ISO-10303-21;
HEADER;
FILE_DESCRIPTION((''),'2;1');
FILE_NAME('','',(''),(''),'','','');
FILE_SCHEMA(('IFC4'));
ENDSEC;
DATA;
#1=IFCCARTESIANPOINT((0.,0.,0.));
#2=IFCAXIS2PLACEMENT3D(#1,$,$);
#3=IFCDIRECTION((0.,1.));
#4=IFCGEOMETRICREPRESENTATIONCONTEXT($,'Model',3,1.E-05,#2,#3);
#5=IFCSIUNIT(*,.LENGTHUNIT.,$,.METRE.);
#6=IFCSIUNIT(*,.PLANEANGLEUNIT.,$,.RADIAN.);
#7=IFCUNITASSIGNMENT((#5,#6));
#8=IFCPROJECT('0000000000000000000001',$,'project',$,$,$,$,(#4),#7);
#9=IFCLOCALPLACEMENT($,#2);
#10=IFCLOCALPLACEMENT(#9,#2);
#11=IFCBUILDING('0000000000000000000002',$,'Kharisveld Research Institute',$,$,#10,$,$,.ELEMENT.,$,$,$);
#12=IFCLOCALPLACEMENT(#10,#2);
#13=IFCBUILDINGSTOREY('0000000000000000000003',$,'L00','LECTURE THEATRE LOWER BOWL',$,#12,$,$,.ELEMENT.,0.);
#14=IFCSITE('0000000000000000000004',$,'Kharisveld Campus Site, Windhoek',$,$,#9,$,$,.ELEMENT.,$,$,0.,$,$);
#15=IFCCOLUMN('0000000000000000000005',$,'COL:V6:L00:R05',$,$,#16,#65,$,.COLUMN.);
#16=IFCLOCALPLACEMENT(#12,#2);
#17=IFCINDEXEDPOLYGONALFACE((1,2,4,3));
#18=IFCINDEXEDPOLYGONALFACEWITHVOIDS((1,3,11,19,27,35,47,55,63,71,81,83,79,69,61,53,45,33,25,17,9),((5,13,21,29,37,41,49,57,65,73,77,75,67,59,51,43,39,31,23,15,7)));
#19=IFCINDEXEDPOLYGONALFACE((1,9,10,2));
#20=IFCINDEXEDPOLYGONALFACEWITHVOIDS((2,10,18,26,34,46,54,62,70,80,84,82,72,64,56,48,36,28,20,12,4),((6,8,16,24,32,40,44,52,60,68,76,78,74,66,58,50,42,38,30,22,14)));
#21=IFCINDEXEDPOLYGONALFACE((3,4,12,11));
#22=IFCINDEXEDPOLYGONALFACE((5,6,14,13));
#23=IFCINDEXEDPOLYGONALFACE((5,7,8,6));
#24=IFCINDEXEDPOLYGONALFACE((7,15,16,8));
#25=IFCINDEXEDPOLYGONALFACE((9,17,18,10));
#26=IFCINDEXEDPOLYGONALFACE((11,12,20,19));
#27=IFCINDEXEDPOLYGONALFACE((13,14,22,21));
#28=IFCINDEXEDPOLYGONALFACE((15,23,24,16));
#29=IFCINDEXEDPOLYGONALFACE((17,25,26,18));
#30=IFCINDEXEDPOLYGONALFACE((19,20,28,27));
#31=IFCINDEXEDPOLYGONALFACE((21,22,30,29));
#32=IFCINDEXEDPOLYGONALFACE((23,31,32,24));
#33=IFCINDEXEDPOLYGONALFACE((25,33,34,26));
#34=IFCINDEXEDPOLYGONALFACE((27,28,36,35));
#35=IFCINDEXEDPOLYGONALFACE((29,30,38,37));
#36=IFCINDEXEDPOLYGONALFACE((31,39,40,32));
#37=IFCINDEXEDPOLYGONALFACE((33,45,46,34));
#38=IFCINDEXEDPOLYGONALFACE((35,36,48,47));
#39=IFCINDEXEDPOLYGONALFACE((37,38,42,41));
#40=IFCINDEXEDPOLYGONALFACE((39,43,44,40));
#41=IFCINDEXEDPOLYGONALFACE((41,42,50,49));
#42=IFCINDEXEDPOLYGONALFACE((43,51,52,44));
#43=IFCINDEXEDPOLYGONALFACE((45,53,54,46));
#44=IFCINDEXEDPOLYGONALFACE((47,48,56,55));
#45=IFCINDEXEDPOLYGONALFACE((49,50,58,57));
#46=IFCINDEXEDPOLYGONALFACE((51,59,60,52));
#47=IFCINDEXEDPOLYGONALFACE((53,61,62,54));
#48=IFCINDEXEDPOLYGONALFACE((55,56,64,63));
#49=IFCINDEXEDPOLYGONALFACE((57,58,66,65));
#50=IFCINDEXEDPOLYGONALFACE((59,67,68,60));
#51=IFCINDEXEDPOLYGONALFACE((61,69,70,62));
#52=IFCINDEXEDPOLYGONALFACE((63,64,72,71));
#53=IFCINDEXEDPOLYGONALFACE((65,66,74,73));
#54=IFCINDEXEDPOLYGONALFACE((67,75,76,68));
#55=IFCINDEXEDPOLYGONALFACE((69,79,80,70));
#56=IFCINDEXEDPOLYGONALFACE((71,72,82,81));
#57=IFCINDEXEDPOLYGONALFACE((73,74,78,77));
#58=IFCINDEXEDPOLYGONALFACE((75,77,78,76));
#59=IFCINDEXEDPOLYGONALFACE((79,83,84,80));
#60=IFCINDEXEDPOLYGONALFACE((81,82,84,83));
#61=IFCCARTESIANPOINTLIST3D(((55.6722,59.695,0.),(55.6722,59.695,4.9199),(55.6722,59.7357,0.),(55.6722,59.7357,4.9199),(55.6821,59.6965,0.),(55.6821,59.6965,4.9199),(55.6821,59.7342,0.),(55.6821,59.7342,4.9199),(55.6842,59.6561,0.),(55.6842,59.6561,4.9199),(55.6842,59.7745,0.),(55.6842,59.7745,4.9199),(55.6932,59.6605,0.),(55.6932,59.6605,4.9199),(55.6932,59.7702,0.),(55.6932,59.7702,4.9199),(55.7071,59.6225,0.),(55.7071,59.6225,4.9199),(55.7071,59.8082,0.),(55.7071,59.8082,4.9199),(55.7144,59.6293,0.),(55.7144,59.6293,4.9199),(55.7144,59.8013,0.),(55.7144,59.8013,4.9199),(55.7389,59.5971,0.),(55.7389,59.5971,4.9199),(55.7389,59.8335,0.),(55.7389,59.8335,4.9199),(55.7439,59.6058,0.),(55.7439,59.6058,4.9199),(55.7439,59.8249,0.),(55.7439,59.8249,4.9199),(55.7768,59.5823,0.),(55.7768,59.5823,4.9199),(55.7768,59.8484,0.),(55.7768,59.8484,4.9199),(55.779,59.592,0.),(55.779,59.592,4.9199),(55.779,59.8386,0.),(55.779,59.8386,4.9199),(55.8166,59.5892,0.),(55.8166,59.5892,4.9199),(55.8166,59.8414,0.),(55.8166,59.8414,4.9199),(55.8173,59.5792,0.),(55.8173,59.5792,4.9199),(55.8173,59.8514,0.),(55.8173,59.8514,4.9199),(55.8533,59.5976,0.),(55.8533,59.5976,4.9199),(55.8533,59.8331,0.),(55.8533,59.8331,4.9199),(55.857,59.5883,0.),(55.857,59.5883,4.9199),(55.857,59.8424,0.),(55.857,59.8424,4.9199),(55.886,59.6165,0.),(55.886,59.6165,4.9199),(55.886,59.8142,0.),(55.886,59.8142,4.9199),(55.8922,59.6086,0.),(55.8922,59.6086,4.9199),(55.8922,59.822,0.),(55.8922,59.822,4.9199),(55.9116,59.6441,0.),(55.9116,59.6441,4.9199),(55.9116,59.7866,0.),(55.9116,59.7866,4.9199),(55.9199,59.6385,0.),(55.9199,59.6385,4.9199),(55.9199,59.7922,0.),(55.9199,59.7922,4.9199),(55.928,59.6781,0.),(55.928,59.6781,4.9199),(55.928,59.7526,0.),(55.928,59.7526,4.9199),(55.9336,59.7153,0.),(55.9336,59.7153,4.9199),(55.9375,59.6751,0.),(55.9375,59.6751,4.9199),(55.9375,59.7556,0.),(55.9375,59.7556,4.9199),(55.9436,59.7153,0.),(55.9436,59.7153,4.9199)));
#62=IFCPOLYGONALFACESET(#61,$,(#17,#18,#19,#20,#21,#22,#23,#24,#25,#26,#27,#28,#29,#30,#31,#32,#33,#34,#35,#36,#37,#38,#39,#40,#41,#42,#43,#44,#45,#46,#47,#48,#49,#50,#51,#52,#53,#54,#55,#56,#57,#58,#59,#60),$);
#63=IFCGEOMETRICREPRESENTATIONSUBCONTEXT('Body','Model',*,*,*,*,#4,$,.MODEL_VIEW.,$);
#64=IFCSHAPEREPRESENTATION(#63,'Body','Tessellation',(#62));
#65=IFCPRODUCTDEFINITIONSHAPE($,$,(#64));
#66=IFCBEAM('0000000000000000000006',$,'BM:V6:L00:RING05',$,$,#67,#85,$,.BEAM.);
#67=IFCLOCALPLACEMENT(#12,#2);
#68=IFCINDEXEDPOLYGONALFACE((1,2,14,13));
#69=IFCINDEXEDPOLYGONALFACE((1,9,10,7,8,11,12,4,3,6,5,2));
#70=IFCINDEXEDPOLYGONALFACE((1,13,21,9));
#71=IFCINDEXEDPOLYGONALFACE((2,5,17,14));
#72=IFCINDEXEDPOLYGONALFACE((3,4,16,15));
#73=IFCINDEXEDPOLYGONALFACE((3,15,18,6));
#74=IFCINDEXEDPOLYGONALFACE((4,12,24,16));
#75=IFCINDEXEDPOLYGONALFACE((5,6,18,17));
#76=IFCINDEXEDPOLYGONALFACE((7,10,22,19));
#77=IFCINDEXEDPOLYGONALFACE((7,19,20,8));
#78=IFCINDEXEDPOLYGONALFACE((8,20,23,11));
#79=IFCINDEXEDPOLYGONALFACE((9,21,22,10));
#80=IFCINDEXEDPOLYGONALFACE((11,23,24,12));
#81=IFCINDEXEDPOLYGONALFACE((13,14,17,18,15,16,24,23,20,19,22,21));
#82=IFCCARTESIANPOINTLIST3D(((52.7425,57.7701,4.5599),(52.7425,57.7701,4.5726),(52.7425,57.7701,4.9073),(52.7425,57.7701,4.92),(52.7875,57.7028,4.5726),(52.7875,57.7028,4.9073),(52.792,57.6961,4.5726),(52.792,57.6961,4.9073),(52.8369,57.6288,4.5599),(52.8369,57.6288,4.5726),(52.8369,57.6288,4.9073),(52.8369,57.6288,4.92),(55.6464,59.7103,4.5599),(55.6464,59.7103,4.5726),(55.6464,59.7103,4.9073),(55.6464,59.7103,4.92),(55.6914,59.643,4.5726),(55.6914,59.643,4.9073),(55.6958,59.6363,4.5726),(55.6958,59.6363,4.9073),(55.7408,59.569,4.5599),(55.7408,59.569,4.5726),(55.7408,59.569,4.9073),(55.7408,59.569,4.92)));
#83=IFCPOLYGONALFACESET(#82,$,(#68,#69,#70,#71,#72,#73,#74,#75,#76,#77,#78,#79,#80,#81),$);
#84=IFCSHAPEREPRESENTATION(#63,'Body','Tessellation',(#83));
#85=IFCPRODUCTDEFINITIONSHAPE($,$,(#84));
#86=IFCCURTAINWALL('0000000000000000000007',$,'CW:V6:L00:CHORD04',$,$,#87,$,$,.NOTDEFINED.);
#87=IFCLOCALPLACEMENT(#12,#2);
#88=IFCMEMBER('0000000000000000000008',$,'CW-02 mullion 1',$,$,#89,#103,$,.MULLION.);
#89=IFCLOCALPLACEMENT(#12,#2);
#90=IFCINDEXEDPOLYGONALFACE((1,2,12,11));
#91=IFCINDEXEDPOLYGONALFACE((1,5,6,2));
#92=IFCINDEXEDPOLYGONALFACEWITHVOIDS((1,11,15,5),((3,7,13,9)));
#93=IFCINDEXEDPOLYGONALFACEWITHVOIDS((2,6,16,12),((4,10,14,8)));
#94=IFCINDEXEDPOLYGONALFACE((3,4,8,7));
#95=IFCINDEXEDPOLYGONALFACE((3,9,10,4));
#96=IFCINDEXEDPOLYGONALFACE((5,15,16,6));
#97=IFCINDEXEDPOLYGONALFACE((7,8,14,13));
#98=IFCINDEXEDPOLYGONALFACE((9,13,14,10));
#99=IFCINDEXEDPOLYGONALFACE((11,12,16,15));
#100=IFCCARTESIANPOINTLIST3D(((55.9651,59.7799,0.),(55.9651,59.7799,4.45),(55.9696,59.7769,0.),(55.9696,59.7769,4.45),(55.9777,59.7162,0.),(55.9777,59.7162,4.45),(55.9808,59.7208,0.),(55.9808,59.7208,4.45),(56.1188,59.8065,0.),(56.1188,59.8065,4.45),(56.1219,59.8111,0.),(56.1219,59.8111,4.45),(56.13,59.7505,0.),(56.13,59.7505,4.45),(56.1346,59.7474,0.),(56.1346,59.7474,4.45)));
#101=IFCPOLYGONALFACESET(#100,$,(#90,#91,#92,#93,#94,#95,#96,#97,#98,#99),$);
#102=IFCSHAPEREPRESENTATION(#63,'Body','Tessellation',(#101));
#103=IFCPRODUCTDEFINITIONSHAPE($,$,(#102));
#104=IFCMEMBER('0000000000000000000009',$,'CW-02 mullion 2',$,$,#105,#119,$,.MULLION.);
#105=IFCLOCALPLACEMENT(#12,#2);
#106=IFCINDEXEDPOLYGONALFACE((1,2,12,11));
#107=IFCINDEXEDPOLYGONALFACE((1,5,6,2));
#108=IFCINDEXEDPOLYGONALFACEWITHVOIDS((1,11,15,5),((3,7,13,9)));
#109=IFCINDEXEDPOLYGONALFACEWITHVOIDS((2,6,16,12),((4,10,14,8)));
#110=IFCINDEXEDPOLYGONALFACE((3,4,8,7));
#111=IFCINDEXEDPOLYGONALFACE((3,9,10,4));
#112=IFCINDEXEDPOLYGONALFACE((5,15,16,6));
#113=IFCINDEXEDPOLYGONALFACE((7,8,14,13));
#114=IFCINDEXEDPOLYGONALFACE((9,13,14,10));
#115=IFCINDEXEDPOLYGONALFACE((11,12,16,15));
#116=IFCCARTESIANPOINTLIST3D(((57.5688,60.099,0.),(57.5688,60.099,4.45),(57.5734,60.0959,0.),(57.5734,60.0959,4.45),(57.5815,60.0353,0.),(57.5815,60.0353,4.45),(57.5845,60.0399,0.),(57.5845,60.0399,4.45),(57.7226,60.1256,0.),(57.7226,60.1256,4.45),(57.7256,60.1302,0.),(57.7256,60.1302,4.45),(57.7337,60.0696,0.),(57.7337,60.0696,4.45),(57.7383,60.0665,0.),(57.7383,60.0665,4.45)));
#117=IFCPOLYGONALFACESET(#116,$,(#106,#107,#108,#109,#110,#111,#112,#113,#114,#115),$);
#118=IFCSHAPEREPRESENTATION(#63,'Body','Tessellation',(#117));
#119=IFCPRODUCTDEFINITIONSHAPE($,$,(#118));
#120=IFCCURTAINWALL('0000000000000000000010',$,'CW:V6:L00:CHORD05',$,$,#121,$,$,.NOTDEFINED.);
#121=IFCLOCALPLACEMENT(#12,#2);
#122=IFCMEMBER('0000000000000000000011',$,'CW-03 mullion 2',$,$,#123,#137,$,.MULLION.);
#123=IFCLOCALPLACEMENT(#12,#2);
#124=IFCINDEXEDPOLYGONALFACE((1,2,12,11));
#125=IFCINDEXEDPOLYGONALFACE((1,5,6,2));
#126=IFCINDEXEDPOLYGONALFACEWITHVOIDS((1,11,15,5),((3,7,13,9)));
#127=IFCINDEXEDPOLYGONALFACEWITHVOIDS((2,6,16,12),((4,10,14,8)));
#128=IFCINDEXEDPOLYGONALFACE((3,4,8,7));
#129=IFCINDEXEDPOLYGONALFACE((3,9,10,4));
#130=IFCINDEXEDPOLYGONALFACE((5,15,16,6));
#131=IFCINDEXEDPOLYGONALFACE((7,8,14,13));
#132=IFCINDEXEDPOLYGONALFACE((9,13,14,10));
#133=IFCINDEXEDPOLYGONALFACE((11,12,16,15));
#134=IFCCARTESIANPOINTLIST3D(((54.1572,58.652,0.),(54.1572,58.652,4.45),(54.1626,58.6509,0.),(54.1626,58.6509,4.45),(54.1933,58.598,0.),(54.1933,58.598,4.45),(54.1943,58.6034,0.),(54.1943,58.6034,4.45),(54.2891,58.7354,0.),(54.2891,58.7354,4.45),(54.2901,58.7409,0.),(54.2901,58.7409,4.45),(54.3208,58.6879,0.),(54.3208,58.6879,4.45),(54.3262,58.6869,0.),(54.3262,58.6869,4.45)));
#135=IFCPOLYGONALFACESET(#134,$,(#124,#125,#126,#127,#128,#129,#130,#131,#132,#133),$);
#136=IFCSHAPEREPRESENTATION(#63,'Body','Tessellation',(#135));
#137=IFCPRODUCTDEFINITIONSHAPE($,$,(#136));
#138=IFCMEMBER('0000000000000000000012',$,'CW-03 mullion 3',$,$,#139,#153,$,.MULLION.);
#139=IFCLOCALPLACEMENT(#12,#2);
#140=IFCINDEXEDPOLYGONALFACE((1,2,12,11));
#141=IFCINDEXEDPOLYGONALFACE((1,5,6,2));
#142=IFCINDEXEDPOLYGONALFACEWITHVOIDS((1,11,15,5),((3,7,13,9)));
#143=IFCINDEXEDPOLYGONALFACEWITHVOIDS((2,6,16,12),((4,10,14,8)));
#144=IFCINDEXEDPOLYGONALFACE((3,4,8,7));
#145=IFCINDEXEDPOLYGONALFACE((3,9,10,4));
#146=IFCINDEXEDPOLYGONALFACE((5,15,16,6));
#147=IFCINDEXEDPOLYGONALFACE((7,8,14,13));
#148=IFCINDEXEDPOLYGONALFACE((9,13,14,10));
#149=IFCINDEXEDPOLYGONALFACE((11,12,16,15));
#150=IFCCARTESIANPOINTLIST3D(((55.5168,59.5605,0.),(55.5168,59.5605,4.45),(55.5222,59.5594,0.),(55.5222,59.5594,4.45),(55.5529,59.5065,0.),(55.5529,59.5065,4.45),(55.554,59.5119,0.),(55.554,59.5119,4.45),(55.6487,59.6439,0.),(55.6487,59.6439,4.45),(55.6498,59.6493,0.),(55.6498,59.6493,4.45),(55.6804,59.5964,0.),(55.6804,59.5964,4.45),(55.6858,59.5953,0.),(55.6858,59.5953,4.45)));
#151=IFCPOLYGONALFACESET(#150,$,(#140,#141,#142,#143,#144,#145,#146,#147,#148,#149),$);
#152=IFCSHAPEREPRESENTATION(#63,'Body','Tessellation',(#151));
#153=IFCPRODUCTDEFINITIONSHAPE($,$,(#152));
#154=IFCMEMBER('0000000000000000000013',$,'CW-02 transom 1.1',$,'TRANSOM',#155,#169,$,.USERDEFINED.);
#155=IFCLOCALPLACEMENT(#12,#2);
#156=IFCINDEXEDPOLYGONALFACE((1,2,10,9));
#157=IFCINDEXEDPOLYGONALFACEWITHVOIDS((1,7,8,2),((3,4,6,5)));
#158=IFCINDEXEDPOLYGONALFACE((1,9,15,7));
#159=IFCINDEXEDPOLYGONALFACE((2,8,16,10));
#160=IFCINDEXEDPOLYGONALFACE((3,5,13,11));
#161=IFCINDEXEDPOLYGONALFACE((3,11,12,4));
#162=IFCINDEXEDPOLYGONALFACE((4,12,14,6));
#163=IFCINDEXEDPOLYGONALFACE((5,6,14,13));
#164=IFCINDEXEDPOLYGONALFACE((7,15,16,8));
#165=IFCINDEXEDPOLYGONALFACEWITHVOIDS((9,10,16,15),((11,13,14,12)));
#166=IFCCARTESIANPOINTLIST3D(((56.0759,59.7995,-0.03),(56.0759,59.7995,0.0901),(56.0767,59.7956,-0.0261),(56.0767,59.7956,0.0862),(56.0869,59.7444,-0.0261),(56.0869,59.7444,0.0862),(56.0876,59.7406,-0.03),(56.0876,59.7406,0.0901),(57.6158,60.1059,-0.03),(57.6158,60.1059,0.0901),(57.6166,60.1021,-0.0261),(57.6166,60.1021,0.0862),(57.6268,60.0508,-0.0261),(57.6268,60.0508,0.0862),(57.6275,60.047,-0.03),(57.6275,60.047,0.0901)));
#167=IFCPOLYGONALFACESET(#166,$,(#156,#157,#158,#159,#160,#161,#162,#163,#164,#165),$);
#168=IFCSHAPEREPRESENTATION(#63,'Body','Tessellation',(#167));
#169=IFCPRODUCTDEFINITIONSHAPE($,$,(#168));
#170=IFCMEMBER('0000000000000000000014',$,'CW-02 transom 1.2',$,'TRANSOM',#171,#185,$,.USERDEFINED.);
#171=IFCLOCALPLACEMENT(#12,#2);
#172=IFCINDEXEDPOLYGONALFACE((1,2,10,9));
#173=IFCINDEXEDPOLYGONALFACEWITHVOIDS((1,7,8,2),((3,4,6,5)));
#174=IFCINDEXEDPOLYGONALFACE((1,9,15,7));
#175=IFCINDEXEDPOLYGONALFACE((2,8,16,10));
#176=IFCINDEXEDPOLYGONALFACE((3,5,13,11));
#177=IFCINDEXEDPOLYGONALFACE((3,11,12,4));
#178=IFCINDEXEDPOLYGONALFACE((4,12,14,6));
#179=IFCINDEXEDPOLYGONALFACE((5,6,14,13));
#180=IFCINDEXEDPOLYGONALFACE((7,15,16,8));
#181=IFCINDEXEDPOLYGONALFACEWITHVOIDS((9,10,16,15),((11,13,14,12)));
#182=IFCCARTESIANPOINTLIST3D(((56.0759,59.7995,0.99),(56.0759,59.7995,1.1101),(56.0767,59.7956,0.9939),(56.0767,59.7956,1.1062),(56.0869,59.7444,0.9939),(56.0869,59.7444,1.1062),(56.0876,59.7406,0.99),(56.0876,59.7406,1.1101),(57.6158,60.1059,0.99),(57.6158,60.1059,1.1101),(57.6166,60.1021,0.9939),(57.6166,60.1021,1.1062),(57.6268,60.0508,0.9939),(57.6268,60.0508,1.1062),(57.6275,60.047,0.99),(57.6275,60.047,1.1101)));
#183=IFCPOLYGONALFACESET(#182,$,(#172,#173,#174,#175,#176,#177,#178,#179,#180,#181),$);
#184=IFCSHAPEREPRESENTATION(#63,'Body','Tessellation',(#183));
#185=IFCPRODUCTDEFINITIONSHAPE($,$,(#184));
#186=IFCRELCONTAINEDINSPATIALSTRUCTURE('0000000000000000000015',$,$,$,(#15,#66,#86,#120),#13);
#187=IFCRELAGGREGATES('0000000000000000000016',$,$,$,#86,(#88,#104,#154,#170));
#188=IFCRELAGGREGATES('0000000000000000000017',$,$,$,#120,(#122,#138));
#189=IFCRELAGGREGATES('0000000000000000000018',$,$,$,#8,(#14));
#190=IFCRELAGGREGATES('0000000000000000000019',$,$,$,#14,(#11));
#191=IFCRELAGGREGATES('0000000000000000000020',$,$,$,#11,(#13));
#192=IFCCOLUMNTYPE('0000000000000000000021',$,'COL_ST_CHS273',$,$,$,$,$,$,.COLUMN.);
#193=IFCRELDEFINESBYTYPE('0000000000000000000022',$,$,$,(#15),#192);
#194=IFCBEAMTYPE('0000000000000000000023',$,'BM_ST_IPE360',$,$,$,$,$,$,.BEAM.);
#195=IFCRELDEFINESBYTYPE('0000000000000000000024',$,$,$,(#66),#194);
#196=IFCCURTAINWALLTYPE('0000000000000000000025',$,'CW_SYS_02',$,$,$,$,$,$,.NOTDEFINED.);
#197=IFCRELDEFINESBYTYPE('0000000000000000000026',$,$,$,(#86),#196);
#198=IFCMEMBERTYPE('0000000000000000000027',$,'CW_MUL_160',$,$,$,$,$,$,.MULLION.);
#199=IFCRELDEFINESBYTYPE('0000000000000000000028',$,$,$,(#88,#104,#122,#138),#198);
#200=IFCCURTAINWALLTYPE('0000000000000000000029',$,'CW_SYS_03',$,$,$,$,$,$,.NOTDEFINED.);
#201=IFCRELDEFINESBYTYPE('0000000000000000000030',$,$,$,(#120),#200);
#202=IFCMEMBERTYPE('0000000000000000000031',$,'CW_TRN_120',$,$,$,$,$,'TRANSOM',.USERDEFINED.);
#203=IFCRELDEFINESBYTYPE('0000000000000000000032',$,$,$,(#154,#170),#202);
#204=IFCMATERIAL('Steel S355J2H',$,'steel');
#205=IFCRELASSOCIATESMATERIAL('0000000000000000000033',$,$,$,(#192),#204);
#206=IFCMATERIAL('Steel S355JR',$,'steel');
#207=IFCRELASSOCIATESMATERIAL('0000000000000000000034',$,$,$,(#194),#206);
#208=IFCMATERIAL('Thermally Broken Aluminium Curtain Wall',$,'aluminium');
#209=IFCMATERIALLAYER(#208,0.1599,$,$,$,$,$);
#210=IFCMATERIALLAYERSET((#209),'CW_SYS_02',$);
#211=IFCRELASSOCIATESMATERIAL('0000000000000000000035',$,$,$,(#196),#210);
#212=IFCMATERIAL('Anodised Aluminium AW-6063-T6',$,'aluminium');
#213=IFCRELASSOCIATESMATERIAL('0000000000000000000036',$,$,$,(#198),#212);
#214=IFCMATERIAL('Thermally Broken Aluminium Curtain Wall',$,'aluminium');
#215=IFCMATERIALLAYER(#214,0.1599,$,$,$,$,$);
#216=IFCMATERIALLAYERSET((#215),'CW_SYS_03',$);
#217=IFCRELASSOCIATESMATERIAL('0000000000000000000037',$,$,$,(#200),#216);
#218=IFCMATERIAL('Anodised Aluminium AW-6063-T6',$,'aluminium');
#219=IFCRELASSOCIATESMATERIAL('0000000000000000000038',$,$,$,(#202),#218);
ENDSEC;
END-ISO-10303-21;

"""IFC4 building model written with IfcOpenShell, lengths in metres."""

from ifc_helpers import new_model, si_unit, direction, frame, origin, origin_2d, place, context, subcontext, project, spatial, hollow_rectangle, hollow_circle, i_section, extrude, material, layer, layer_set, material_profile, profile_set, type_object, element, aggregate, save


model = new_model("IFC4")

# Units and contexts
model_context = context("Model", 3, precision=1e-05, world=origin(), true_north=direction((0.0, 1.0)))
body_context = subcontext(model_context, "Body", "Model", "MODEL_VIEW")
ifc_project = project(units=[si_unit("LENGTHUNIT", "METRE"), si_unit("PLANEANGLEUNIT", "RADIAN")], contexts=[model_context])

# Site, building, storey
site_placement = place(None, origin())
site = spatial("IfcSite", under=ifc_project, at=site_placement, Name="Kharisveld Campus Site, Windhoek", CompositionType="ELEMENT", RefElevation=0.0)
building_placement = place(site_placement, origin())
building = spatial("IfcBuilding", under=site, at=building_placement, Name="Kharisveld Research Institute", CompositionType="ELEMENT")
storey_placement = place(building_placement, origin())
storey = spatial("IfcBuildingStorey", under=building, at=storey_placement, Name="L00", Description="LECTURE THEATRE LOWER BOWL", CompositionType="ELEMENT", Elevation=0.0)

# Column
ifc_material_1 = material(Name="Steel S355J2H", Category="steel")
ifc_material_profile_1 = material_profile(ifc_material_1, hollow_circle(Radius=0.1365, WallThickness=0.01, at=origin_2d()))
ifc_profile_set_1 = profile_set([ifc_material_profile_1], Name="Steel S355J2H")
column_type = type_object("IfcColumnType", Name="COL_ST_CHS273", PredefinedType="COLUMN", material=ifc_profile_set_1)
column_placement = place(storey_placement, frame((55.8071, 59.7153, 0.0), z_axis=(0.0, 0.0, 1.0), x_axis=(1.0, 0.0, 0.0)))
element("IfcColumn", 1, at=column_placement, inside=storey, type_object=column_type, Name="COL:V6:L00:R05", PredefinedType="COLUMN", context=body_context, shape_type="SweptSolid", body=[
    extrude(hollow_circle(Radius=0.1365, WallThickness=0.01, at=origin_2d()), origin(), (0.0, 0.0, 1.0), 4.9199),
])

# Beam
ifc_material_2 = material(Name="Steel S355JR", Category="steel")
ifc_material_profile_2 = material_profile(ifc_material_2, i_section(OverallWidth=0.1699, OverallDepth=0.3601, WebThickness=0.0081, FlangeThickness=0.0127, at=origin_2d()))
ifc_profile_set_2 = profile_set([ifc_material_profile_2], Name="Steel S355JR")
beam_type = type_object("IfcBeamType", Name="BM_ST_IPE360", PredefinedType="BEAM", material=ifc_profile_set_2)
beam_placement = place(storey_placement, frame((55.6936, 59.6396, 4.74), z_axis=(-0.83148, -0.555555, 0.0), x_axis=(0.555555, -0.83148, 0.0)))
element("IfcBeam", 2, at=beam_placement, inside=storey, type_object=beam_type, Name="BM:V6:L00:RING05", PredefinedType="BEAM", context=body_context, shape_type="SweptSolid", body=[
    extrude(i_section(OverallWidth=0.1699, OverallDepth=0.3601, WebThickness=0.0081, FlangeThickness=0.0127, at=origin_2d()), origin(), (0.0, 0.0, 1.0), 3.4924),
])

# Curtain walls, members
ifc_material_3 = material(Name="Thermally Broken Aluminium Curtain Wall", Category="aluminium")
ifc_layer_1 = layer(ifc_material_3, 0.1599)
ifc_layer_set_1 = layer_set([ifc_layer_1], Name="CW_SYS_02")
curtain_wall_type_1 = type_object("IfcCurtainWallType", Name="CW_SYS_02", PredefinedType="NOTDEFINED", material=ifc_layer_set_1)
curtain_wall_1_placement = place(storey_placement, origin())
curtain_wall_1 = element("IfcCurtainWall", 3, at=curtain_wall_1_placement, inside=storey, type_object=curtain_wall_type_1, Name="CW:V6:L00:CHORD04", PredefinedType="NOTDEFINED")
ifc_material_4 = material(Name="Anodised Aluminium AW-6063-T6", Category="aluminium")
ifc_material_profile_3 = material_profile(ifc_material_4, hollow_rectangle(XDim=0.0649, YDim=0.1599, WallThickness=0.0039, at=origin_2d()))
ifc_profile_set_3 = profile_set([ifc_material_profile_3], Name="Anodised Aluminium AW-6063-T6")
member_type_1 = type_object("IfcMemberType", Name="CW_MUL_160", PredefinedType="MULLION", material=ifc_profile_set_3)
member_1_placement = place(storey_placement, frame((56.0498, 59.7637, 0.0), z_axis=(0.0, 0.0, 1.0), x_axis=(-0.195091, 0.980785, 0.0)))
member_1 = element("IfcMember", 4, at=member_1_placement, type_object=member_type_1, Name="CW-02 mullion 1", PredefinedType="MULLION", context=body_context, shape_type="SweptSolid", body=[
    extrude(hollow_rectangle(XDim=0.0649, YDim=0.1599, WallThickness=0.0039, at=origin_2d()), origin(), (0.0, 0.0, 1.0), 4.45),
])
member_2_placement = place(storey_placement, frame((57.6536, 60.0828, 0.0), z_axis=(0.0, 0.0, 1.0), x_axis=(-0.195091, 0.980785, 0.0)))
member_2 = element("IfcMember", 5, at=member_2_placement, type_object=member_type_1, Name="CW-02 mullion 2", PredefinedType="MULLION", context=body_context, shape_type="SweptSolid", body=[
    extrude(hollow_rectangle(XDim=0.0649, YDim=0.1599, WallThickness=0.0039, at=origin_2d()), origin(), (0.0, 0.0, 1.0), 4.45),
])
ifc_material_5 = material(Name="Thermally Broken Aluminium Curtain Wall", Category="aluminium")
ifc_layer_2 = layer(ifc_material_5, 0.1599)
ifc_layer_set_2 = layer_set([ifc_layer_2], Name="CW_SYS_03")
curtain_wall_type_2 = type_object("IfcCurtainWallType", Name="CW_SYS_03", PredefinedType="NOTDEFINED", material=ifc_layer_set_2)
curtain_wall_2_placement = place(storey_placement, origin())
curtain_wall_2 = element("IfcCurtainWall", 6, at=curtain_wall_2_placement, inside=storey, type_object=curtain_wall_type_2, Name="CW:V6:L00:CHORD05", PredefinedType="NOTDEFINED")
member_3_placement = place(storey_placement, frame((54.2417, 58.6694, 0.0), z_axis=(0.0, 0.0, 1.0), x_axis=(-0.55557, 0.83147, 0.0)))
member_3 = element("IfcMember", 7, at=member_3_placement, type_object=member_type_1, Name="CW-03 mullion 2", PredefinedType="MULLION", context=body_context, shape_type="SweptSolid", body=[
    extrude(hollow_rectangle(XDim=0.0649, YDim=0.1599, WallThickness=0.0039, at=origin_2d()), origin(), (0.0, 0.0, 1.0), 4.45),
])
member_4_placement = place(storey_placement, frame((55.6013, 59.5779, 0.0), z_axis=(0.0, 0.0, 1.0), x_axis=(-0.55557, 0.83147, 0.0)))
member_4 = element("IfcMember", 8, at=member_4_placement, type_object=member_type_1, Name="CW-03 mullion 3", PredefinedType="MULLION", context=body_context, shape_type="SweptSolid", body=[
    extrude(hollow_rectangle(XDim=0.0649, YDim=0.1599, WallThickness=0.0039, at=origin_2d()), origin(), (0.0, 0.0, 1.0), 4.45),
])

# Members
ifc_material_6 = material(Name="Anodised Aluminium AW-6063-T6", Category="aluminium")
ifc_material_profile_4 = material_profile(ifc_material_6, hollow_rectangle(XDim=0.0601, YDim=0.1201, WallThickness=0.0039, at=origin_2d()))
ifc_profile_set_4 = profile_set([ifc_material_profile_4], Name="Anodised Aluminium AW-6063-T6")
member_type_2 = type_object("IfcMemberType", Name="CW_TRN_120", ElementType="TRANSOM", PredefinedType="USERDEFINED", material=ifc_profile_set_4)
member_5_placement = place(storey_placement, frame((56.0818, 59.77, 0.03), z_axis=(0.980772, 0.195159, 0.0), x_axis=(-0.195159, 0.980772, 0.0)))
member_5 = element("IfcMember", 9, at=member_5_placement, type_object=member_type_2, Name="CW-02 transom 1.1", ObjectType="TRANSOM", PredefinedType="USERDEFINED", context=body_context, shape_type="SweptSolid", body=[
    extrude(hollow_rectangle(XDim=0.0601, YDim=0.1201, WallThickness=0.0039, at=origin_2d()), origin(), (0.0, 0.0, 1.0), 1.5701),
])
member_6_placement = place(storey_placement, frame((56.0818, 59.77, 1.05), z_axis=(0.980772, 0.195159, 0.0), x_axis=(-0.195159, 0.980772, 0.0)))
member_6 = element("IfcMember", 10, at=member_6_placement, type_object=member_type_2, Name="CW-02 transom 1.2", ObjectType="TRANSOM", PredefinedType="USERDEFINED", context=body_context, shape_type="SweptSolid", body=[
    extrude(hollow_rectangle(XDim=0.0601, YDim=0.1201, WallThickness=0.0039, at=origin_2d()), origin(), (0.0, 0.0, 1.0), 1.5701),
])

aggregate(curtain_wall_1, [member_1, member_2, member_5, member_6])
aggregate(curtain_wall_2, [member_3, member_4])

save(model, "model.ifc")
